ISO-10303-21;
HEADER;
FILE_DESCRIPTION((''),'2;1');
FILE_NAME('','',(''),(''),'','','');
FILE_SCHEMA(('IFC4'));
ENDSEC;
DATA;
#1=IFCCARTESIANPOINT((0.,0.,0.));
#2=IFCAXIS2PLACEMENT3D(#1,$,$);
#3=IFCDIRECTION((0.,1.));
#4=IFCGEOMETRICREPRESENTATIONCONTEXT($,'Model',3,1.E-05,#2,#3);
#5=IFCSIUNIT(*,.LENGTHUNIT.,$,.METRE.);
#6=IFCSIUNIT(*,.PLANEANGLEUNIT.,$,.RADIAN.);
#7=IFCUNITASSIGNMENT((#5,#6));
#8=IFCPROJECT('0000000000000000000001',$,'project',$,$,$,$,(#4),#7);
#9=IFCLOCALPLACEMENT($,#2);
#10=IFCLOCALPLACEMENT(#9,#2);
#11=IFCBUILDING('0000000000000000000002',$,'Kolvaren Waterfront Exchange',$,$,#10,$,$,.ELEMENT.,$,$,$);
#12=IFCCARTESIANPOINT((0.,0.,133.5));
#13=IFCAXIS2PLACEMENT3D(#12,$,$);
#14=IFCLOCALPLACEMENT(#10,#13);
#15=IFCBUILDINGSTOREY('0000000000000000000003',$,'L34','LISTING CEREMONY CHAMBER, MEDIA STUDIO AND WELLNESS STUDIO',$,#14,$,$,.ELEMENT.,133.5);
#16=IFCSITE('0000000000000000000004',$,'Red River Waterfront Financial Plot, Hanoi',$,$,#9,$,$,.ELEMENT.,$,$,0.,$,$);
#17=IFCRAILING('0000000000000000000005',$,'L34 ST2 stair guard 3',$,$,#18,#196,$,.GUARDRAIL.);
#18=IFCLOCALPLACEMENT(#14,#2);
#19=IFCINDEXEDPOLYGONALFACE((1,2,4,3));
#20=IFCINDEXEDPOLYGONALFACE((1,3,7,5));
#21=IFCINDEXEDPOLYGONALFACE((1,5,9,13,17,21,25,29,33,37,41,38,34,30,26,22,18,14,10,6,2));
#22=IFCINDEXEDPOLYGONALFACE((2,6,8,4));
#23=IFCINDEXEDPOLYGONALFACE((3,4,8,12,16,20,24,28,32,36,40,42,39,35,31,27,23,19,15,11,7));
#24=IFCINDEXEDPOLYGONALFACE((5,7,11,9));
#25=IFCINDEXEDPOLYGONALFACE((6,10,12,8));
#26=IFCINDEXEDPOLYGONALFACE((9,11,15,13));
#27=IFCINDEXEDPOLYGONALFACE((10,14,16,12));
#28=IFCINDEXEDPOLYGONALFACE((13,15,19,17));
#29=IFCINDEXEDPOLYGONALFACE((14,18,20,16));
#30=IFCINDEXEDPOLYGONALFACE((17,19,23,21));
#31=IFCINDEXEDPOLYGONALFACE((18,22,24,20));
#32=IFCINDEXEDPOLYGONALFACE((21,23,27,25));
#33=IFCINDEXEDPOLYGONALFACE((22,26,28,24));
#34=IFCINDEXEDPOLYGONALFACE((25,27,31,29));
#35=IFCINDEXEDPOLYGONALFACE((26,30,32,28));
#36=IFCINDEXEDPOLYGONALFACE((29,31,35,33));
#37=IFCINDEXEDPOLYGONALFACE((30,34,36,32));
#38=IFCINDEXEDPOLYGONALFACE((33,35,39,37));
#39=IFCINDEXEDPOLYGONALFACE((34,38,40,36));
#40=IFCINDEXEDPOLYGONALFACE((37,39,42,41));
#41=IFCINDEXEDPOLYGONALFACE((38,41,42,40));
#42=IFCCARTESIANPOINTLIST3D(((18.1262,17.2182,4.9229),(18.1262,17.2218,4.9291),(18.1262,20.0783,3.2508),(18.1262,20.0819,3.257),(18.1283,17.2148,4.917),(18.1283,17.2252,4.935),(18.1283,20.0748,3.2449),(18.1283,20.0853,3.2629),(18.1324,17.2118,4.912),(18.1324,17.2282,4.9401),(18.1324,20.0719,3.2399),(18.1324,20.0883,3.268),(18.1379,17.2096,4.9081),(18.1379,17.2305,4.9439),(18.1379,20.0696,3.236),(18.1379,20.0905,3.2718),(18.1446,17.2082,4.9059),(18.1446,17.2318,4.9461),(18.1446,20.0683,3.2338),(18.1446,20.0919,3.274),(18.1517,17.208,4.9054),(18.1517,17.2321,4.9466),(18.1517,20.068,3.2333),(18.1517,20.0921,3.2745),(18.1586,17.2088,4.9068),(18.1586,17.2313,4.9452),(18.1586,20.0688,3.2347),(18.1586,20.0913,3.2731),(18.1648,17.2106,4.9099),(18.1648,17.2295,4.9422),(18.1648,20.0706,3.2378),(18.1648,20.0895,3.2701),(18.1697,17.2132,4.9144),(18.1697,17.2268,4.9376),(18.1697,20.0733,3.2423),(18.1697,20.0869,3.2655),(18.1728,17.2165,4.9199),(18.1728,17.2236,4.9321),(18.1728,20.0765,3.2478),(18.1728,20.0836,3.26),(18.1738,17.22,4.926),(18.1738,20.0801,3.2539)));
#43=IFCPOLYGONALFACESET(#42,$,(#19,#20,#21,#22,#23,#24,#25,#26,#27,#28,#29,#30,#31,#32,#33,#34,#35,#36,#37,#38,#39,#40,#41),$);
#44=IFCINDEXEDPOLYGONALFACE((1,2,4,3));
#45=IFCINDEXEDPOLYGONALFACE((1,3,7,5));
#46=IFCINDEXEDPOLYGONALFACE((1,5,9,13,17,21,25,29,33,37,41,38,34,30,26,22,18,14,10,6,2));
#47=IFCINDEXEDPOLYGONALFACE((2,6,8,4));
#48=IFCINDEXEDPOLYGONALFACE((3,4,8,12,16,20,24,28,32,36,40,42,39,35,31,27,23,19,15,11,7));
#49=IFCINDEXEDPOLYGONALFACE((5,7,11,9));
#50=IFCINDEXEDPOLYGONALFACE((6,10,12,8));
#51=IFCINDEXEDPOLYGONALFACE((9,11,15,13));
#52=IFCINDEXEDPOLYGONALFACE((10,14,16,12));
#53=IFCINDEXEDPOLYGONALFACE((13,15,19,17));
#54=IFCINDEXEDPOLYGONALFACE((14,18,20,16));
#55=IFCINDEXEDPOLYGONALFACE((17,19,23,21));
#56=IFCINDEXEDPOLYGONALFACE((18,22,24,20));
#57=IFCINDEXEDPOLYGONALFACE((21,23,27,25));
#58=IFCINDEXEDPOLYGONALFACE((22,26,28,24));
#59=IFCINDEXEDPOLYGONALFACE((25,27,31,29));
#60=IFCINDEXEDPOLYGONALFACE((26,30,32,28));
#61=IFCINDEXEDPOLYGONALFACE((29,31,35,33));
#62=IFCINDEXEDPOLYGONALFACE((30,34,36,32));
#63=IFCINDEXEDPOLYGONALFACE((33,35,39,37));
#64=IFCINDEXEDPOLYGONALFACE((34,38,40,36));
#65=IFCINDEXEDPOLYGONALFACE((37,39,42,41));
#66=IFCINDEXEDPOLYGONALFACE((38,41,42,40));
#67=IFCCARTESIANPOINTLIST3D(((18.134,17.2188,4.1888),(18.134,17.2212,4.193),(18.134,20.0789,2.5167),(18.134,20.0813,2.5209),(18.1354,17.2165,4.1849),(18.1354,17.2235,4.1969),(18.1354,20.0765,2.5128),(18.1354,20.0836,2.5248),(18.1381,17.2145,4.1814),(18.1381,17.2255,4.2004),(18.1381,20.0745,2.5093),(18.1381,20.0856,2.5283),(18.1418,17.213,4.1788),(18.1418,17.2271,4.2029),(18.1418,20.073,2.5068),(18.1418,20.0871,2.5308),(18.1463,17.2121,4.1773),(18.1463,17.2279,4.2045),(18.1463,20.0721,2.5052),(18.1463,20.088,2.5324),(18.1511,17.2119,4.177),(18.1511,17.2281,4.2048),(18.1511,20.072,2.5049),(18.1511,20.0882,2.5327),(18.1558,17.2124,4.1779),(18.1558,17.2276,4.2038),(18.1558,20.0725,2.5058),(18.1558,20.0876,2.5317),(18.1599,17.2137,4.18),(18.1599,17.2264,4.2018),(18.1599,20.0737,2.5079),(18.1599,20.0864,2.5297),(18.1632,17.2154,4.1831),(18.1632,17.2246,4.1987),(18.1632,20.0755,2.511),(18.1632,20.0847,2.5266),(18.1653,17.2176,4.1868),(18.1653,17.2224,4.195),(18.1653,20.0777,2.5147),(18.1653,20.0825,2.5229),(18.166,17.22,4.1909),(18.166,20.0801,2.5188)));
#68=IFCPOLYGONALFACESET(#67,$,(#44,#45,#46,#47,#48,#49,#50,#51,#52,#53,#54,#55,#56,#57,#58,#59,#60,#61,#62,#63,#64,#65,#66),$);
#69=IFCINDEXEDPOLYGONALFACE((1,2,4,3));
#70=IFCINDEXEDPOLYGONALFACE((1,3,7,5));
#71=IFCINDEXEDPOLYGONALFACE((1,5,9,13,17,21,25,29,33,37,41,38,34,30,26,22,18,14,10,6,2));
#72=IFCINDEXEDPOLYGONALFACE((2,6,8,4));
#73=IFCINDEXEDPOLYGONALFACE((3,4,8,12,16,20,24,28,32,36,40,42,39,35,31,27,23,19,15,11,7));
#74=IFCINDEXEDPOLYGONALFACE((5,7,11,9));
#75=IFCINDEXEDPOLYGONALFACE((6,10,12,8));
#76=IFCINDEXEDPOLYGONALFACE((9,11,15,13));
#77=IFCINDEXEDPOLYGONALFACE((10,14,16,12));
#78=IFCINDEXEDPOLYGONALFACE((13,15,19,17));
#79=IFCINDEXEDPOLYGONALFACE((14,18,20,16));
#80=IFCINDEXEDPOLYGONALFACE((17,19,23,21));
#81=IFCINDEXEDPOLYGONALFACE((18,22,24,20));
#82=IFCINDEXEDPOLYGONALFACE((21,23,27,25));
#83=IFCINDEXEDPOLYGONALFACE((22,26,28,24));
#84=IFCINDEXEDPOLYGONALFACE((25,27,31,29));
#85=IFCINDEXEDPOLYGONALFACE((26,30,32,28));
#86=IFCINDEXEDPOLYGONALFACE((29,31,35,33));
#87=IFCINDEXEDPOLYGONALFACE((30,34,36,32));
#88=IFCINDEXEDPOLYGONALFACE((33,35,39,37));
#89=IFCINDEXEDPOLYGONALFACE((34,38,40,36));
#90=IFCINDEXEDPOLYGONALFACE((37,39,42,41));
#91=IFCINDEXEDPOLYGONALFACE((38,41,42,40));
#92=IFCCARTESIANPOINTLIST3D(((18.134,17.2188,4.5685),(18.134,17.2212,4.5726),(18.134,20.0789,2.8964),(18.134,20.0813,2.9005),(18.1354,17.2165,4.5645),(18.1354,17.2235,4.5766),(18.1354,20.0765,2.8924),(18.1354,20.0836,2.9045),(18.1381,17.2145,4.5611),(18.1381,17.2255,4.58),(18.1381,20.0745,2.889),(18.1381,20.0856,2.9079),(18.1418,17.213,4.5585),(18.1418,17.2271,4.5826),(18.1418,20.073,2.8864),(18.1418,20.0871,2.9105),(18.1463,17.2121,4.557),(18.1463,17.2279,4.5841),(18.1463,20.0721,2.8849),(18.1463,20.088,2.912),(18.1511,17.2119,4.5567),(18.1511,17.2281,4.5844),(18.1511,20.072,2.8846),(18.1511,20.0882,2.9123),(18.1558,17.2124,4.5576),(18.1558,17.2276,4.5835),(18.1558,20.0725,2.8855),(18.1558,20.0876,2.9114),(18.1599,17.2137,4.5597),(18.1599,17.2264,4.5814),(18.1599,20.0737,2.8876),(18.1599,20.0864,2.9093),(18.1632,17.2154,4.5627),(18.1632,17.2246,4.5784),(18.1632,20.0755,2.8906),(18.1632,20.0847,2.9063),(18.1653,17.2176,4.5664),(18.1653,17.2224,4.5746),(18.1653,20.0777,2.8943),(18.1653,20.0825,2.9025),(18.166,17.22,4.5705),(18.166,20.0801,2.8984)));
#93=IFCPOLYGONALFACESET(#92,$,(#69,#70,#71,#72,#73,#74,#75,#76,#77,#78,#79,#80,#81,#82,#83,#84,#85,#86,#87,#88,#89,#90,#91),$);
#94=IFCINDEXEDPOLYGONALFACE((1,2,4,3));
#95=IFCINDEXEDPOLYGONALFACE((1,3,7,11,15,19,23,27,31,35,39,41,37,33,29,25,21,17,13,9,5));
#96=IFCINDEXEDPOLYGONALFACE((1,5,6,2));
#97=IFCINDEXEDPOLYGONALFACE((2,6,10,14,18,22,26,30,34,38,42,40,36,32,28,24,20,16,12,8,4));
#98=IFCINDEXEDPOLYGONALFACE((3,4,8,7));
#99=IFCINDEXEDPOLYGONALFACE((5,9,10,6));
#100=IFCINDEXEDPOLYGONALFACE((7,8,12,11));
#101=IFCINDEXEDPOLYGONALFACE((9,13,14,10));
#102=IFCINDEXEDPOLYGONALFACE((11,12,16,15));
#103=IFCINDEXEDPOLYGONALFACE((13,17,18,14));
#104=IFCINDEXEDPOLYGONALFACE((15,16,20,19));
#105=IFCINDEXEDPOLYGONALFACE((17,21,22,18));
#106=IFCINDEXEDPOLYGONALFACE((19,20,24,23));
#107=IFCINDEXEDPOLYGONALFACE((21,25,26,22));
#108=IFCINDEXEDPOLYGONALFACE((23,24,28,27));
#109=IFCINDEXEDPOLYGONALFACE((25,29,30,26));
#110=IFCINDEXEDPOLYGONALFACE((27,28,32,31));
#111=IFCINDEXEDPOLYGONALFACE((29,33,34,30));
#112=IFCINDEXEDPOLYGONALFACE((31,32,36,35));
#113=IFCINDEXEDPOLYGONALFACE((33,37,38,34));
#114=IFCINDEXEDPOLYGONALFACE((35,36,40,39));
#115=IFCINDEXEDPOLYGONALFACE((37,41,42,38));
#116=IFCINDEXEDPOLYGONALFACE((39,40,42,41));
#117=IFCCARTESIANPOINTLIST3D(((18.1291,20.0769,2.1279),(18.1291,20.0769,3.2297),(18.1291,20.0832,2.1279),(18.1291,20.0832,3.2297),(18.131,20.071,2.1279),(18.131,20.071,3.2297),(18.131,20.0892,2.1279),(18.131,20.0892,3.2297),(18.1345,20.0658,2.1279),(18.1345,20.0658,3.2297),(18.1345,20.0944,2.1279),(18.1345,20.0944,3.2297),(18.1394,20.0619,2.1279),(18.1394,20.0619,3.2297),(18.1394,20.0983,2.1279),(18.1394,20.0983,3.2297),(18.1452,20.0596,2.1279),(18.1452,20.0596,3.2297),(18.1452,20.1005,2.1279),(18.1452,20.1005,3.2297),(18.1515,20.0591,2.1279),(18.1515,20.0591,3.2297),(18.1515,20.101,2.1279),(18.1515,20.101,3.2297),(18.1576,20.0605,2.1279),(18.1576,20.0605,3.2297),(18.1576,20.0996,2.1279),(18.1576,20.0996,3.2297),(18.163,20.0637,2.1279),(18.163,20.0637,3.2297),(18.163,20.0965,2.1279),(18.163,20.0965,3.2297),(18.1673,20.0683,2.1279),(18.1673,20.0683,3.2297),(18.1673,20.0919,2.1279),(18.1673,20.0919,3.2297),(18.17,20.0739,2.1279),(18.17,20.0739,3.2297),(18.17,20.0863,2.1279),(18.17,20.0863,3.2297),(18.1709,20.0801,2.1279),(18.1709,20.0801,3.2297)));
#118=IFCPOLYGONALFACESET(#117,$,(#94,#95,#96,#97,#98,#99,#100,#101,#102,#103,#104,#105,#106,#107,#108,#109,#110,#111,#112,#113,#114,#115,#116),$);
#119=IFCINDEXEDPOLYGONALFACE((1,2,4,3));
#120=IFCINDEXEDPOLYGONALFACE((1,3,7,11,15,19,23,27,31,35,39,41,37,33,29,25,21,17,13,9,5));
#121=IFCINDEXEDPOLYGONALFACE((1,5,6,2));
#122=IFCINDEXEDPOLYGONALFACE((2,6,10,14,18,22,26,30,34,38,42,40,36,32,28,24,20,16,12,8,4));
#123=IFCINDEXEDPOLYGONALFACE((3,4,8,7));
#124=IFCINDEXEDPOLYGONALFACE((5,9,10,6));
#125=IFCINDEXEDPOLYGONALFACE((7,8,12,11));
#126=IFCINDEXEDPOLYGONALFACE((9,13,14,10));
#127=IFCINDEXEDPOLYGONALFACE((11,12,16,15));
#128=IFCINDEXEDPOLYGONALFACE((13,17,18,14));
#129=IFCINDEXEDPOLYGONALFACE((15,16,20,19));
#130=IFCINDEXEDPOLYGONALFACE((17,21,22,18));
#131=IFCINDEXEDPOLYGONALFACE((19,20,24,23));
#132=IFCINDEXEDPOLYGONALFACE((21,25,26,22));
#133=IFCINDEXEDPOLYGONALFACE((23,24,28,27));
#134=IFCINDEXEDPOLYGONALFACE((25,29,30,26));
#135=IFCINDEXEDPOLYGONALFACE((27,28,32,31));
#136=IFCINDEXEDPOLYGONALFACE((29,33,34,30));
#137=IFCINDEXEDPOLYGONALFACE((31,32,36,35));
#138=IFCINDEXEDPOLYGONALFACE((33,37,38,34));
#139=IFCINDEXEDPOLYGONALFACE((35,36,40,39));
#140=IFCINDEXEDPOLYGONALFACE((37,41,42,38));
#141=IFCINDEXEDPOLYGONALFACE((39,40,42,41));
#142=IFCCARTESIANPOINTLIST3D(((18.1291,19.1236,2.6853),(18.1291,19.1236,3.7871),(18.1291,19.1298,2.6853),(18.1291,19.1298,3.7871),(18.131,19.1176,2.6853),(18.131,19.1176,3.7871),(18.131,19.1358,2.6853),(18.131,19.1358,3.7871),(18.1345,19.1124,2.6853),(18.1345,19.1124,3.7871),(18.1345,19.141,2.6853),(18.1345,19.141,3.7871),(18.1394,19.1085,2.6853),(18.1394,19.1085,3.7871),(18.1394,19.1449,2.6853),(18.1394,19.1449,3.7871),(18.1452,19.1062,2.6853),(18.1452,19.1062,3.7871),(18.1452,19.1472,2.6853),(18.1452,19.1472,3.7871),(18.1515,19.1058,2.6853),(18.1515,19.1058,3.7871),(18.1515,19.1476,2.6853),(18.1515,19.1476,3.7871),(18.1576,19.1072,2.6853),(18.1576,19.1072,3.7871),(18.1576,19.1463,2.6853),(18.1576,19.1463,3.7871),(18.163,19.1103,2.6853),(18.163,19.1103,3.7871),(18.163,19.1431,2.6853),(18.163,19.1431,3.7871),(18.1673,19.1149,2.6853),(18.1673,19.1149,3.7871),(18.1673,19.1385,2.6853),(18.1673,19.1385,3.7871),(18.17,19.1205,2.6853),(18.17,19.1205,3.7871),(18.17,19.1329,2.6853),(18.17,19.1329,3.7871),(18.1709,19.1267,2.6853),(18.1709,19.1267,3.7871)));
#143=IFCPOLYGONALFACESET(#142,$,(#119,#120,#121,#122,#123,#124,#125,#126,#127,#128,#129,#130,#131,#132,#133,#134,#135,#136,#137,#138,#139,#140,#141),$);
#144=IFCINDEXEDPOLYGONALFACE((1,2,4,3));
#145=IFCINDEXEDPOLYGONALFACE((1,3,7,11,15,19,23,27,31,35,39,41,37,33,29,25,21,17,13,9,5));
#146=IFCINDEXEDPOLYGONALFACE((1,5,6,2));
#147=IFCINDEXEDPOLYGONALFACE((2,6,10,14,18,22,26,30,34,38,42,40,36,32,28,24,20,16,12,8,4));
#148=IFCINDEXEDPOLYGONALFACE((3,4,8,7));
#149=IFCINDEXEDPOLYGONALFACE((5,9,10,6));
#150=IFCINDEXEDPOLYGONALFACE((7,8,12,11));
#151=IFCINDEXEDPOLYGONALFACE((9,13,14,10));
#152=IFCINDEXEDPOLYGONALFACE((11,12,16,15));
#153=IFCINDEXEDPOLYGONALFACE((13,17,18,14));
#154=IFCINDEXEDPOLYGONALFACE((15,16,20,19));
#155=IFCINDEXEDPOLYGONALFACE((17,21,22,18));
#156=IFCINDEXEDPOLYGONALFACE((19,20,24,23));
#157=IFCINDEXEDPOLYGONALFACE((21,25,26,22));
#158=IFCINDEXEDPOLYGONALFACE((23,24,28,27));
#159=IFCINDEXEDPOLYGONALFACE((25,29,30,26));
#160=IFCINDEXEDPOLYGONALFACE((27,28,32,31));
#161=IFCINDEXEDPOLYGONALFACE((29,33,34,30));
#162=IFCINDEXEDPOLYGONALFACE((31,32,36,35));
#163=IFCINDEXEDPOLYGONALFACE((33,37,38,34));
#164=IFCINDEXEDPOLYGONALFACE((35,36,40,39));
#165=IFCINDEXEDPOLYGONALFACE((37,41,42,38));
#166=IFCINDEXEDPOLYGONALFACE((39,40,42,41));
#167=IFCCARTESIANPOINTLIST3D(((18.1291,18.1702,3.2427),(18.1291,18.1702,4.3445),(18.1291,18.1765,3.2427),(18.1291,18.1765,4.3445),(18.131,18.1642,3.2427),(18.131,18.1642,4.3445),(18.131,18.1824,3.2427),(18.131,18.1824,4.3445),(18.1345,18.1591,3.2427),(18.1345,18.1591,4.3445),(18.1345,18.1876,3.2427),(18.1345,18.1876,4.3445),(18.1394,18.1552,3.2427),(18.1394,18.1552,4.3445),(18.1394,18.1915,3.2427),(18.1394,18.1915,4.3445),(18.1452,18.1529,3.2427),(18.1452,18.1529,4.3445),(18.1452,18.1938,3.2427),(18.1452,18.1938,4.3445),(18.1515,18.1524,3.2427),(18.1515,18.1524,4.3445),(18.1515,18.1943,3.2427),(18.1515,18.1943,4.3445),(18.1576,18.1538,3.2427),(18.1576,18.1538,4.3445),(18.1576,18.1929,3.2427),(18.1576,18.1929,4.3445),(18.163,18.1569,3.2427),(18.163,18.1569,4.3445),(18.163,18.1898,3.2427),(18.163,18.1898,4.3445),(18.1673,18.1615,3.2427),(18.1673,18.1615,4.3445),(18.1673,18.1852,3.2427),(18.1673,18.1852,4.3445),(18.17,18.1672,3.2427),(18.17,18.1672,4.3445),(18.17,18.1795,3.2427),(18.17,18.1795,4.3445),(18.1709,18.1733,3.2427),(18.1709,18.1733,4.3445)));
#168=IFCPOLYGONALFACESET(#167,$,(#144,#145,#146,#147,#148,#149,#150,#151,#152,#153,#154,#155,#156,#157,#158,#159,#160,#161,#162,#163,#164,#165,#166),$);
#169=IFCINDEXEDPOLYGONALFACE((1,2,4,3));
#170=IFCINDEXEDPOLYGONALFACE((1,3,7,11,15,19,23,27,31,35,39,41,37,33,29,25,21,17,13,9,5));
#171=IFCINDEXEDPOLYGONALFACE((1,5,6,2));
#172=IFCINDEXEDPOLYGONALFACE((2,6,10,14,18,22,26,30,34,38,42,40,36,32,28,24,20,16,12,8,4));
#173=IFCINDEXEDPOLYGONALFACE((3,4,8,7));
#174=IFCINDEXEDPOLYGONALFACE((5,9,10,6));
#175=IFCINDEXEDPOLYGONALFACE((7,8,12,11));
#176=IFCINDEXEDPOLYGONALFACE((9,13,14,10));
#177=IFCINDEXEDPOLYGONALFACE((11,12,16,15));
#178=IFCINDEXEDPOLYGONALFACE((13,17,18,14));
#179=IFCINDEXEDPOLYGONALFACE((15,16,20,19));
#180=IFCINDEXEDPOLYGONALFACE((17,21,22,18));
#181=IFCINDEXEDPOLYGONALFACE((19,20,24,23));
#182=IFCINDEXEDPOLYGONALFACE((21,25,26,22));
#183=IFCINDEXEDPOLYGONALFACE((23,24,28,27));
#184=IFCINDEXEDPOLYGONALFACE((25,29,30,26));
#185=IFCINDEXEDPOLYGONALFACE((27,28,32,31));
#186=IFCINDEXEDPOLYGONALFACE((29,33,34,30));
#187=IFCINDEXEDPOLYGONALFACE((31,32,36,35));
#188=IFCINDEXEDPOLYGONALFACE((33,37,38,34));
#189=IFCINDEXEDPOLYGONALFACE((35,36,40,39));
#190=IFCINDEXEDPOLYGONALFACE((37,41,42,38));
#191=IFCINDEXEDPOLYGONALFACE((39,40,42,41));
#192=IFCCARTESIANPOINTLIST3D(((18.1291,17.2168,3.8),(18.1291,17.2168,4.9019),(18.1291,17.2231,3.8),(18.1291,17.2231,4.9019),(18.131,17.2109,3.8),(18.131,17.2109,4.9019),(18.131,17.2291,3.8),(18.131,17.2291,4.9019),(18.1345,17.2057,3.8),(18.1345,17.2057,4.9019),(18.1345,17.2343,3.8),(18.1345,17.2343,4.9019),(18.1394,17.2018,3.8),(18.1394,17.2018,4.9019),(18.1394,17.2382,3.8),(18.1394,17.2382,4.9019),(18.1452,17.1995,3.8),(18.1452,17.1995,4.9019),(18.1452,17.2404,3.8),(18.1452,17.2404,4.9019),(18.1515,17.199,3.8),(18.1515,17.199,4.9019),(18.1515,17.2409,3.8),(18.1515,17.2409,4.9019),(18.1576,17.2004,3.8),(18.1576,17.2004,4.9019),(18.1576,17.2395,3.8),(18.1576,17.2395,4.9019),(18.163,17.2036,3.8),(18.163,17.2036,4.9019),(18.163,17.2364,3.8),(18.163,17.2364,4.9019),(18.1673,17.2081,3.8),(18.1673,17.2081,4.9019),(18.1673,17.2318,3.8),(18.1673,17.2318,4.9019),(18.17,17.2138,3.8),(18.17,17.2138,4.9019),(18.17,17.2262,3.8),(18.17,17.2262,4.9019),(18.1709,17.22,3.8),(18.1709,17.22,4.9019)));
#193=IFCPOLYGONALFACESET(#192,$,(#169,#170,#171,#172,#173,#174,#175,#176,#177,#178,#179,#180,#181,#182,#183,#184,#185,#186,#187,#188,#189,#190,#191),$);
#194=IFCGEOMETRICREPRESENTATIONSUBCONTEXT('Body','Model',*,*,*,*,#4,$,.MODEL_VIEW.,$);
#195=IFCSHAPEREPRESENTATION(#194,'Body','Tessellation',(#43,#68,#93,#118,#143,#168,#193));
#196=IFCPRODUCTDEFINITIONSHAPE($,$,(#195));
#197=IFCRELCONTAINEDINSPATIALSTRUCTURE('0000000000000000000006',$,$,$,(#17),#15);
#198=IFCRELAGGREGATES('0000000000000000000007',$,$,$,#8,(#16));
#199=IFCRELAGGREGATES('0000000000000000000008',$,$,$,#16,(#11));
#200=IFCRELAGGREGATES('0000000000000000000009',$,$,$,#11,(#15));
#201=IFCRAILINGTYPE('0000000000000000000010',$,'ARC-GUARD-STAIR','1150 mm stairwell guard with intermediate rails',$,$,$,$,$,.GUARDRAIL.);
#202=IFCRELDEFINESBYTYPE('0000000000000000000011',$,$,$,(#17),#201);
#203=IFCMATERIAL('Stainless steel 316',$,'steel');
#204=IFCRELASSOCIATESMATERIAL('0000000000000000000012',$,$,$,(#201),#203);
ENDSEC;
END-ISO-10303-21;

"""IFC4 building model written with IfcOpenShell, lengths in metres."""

from ifc_helpers import new_model, si_unit, direction, frame, origin, origin_2d, place, context, subcontext, project, spatial, circle, extrude, material, type_object, element, save


model = new_model("IFC4")

# Units and contexts
model_context = context("Model", 3, precision=1e-05, world=origin(), true_north=direction((0.0, 1.0)))
body_context = subcontext(model_context, "Body", "Model", "MODEL_VIEW")
ifc_project = project(units=[si_unit("LENGTHUNIT", "METRE"), si_unit("PLANEANGLEUNIT", "RADIAN")], contexts=[model_context])

# Site, building, storey
site_placement = place(None, origin())
site = spatial("IfcSite", under=ifc_project, at=site_placement, Name="Red River Waterfront Financial Plot, Hanoi", CompositionType="ELEMENT", RefElevation=0.0)
building_placement = place(site_placement, origin())
building = spatial("IfcBuilding", under=site, at=building_placement, Name="Kolvaren Waterfront Exchange", CompositionType="ELEMENT")
storey_placement = place(building_placement, frame((0.0, 0.0, 133.5)))
storey = spatial("IfcBuildingStorey", under=building, at=storey_placement, Name="L34", Description="LISTING CEREMONY CHAMBER, MEDIA STUDIO AND WELLNESS STUDIO", CompositionType="ELEMENT", Elevation=133.5)

# Railing
ifc_material_1 = material(Name="Stainless steel 316", Category="steel")
railing_type_1 = type_object("IfcRailingType", Name="ARC-GUARD-STAIR", Description="1150 mm stairwell guard with intermediate rails", PredefinedType="GUARDRAIL", material=ifc_material_1)
railing_1_placement = place(storey_placement, frame((18.1499, 20.0801, 2.1279)))
element("IfcRailing", 1, at=railing_1_placement, inside=storey, type_object=railing_type_1, Name="L34 ST2 stair guard 3", PredefinedType="GUARDRAIL", context=body_context, shape_type="SweptSolid", body=[
    extrude(circle(Radius=0.0239, at=origin_2d()), frame((0.0, 0.0, 1.126), z_axis=(0.0, -0.863289, 0.504709), x_axis=(1.0, 0.0, 0.0)), (0.0, 0.0, 1.0), 3.313),
    extrude(circle(Radius=0.0161, at=origin_2d()), frame((0.0, 0.0, 0.3909), z_axis=(0.0, -0.863289, 0.504709), x_axis=(1.0, 0.0, 0.0)), (0.0, 0.0, 1.0), 3.313),
    extrude(circle(Radius=0.0161, at=origin_2d()), frame((0.0, 0.0, 0.7705), z_axis=(0.0, -0.863289, 0.504709), x_axis=(1.0, 0.0, 0.0)), (0.0, 0.0, 1.0), 3.313),
    extrude(circle(Radius=0.021, at=origin_2d()), origin(), (0.0, 0.0, 1.0), 1.1018),
    extrude(circle(Radius=0.021, at=origin_2d()), frame((0.0, -0.9534, 0.5574)), (0.0, 0.0, 1.0), 1.1018),
    extrude(circle(Radius=0.021, at=origin_2d()), frame((0.0, -1.9067, 1.1147)), (0.0, 0.0, 1.0), 1.1018),
    extrude(circle(Radius=0.021, at=origin_2d()), frame((0.0, -2.8601, 1.6721)), (0.0, 0.0, 1.0), 1.1018),
])

save(model, "model.ifc")
